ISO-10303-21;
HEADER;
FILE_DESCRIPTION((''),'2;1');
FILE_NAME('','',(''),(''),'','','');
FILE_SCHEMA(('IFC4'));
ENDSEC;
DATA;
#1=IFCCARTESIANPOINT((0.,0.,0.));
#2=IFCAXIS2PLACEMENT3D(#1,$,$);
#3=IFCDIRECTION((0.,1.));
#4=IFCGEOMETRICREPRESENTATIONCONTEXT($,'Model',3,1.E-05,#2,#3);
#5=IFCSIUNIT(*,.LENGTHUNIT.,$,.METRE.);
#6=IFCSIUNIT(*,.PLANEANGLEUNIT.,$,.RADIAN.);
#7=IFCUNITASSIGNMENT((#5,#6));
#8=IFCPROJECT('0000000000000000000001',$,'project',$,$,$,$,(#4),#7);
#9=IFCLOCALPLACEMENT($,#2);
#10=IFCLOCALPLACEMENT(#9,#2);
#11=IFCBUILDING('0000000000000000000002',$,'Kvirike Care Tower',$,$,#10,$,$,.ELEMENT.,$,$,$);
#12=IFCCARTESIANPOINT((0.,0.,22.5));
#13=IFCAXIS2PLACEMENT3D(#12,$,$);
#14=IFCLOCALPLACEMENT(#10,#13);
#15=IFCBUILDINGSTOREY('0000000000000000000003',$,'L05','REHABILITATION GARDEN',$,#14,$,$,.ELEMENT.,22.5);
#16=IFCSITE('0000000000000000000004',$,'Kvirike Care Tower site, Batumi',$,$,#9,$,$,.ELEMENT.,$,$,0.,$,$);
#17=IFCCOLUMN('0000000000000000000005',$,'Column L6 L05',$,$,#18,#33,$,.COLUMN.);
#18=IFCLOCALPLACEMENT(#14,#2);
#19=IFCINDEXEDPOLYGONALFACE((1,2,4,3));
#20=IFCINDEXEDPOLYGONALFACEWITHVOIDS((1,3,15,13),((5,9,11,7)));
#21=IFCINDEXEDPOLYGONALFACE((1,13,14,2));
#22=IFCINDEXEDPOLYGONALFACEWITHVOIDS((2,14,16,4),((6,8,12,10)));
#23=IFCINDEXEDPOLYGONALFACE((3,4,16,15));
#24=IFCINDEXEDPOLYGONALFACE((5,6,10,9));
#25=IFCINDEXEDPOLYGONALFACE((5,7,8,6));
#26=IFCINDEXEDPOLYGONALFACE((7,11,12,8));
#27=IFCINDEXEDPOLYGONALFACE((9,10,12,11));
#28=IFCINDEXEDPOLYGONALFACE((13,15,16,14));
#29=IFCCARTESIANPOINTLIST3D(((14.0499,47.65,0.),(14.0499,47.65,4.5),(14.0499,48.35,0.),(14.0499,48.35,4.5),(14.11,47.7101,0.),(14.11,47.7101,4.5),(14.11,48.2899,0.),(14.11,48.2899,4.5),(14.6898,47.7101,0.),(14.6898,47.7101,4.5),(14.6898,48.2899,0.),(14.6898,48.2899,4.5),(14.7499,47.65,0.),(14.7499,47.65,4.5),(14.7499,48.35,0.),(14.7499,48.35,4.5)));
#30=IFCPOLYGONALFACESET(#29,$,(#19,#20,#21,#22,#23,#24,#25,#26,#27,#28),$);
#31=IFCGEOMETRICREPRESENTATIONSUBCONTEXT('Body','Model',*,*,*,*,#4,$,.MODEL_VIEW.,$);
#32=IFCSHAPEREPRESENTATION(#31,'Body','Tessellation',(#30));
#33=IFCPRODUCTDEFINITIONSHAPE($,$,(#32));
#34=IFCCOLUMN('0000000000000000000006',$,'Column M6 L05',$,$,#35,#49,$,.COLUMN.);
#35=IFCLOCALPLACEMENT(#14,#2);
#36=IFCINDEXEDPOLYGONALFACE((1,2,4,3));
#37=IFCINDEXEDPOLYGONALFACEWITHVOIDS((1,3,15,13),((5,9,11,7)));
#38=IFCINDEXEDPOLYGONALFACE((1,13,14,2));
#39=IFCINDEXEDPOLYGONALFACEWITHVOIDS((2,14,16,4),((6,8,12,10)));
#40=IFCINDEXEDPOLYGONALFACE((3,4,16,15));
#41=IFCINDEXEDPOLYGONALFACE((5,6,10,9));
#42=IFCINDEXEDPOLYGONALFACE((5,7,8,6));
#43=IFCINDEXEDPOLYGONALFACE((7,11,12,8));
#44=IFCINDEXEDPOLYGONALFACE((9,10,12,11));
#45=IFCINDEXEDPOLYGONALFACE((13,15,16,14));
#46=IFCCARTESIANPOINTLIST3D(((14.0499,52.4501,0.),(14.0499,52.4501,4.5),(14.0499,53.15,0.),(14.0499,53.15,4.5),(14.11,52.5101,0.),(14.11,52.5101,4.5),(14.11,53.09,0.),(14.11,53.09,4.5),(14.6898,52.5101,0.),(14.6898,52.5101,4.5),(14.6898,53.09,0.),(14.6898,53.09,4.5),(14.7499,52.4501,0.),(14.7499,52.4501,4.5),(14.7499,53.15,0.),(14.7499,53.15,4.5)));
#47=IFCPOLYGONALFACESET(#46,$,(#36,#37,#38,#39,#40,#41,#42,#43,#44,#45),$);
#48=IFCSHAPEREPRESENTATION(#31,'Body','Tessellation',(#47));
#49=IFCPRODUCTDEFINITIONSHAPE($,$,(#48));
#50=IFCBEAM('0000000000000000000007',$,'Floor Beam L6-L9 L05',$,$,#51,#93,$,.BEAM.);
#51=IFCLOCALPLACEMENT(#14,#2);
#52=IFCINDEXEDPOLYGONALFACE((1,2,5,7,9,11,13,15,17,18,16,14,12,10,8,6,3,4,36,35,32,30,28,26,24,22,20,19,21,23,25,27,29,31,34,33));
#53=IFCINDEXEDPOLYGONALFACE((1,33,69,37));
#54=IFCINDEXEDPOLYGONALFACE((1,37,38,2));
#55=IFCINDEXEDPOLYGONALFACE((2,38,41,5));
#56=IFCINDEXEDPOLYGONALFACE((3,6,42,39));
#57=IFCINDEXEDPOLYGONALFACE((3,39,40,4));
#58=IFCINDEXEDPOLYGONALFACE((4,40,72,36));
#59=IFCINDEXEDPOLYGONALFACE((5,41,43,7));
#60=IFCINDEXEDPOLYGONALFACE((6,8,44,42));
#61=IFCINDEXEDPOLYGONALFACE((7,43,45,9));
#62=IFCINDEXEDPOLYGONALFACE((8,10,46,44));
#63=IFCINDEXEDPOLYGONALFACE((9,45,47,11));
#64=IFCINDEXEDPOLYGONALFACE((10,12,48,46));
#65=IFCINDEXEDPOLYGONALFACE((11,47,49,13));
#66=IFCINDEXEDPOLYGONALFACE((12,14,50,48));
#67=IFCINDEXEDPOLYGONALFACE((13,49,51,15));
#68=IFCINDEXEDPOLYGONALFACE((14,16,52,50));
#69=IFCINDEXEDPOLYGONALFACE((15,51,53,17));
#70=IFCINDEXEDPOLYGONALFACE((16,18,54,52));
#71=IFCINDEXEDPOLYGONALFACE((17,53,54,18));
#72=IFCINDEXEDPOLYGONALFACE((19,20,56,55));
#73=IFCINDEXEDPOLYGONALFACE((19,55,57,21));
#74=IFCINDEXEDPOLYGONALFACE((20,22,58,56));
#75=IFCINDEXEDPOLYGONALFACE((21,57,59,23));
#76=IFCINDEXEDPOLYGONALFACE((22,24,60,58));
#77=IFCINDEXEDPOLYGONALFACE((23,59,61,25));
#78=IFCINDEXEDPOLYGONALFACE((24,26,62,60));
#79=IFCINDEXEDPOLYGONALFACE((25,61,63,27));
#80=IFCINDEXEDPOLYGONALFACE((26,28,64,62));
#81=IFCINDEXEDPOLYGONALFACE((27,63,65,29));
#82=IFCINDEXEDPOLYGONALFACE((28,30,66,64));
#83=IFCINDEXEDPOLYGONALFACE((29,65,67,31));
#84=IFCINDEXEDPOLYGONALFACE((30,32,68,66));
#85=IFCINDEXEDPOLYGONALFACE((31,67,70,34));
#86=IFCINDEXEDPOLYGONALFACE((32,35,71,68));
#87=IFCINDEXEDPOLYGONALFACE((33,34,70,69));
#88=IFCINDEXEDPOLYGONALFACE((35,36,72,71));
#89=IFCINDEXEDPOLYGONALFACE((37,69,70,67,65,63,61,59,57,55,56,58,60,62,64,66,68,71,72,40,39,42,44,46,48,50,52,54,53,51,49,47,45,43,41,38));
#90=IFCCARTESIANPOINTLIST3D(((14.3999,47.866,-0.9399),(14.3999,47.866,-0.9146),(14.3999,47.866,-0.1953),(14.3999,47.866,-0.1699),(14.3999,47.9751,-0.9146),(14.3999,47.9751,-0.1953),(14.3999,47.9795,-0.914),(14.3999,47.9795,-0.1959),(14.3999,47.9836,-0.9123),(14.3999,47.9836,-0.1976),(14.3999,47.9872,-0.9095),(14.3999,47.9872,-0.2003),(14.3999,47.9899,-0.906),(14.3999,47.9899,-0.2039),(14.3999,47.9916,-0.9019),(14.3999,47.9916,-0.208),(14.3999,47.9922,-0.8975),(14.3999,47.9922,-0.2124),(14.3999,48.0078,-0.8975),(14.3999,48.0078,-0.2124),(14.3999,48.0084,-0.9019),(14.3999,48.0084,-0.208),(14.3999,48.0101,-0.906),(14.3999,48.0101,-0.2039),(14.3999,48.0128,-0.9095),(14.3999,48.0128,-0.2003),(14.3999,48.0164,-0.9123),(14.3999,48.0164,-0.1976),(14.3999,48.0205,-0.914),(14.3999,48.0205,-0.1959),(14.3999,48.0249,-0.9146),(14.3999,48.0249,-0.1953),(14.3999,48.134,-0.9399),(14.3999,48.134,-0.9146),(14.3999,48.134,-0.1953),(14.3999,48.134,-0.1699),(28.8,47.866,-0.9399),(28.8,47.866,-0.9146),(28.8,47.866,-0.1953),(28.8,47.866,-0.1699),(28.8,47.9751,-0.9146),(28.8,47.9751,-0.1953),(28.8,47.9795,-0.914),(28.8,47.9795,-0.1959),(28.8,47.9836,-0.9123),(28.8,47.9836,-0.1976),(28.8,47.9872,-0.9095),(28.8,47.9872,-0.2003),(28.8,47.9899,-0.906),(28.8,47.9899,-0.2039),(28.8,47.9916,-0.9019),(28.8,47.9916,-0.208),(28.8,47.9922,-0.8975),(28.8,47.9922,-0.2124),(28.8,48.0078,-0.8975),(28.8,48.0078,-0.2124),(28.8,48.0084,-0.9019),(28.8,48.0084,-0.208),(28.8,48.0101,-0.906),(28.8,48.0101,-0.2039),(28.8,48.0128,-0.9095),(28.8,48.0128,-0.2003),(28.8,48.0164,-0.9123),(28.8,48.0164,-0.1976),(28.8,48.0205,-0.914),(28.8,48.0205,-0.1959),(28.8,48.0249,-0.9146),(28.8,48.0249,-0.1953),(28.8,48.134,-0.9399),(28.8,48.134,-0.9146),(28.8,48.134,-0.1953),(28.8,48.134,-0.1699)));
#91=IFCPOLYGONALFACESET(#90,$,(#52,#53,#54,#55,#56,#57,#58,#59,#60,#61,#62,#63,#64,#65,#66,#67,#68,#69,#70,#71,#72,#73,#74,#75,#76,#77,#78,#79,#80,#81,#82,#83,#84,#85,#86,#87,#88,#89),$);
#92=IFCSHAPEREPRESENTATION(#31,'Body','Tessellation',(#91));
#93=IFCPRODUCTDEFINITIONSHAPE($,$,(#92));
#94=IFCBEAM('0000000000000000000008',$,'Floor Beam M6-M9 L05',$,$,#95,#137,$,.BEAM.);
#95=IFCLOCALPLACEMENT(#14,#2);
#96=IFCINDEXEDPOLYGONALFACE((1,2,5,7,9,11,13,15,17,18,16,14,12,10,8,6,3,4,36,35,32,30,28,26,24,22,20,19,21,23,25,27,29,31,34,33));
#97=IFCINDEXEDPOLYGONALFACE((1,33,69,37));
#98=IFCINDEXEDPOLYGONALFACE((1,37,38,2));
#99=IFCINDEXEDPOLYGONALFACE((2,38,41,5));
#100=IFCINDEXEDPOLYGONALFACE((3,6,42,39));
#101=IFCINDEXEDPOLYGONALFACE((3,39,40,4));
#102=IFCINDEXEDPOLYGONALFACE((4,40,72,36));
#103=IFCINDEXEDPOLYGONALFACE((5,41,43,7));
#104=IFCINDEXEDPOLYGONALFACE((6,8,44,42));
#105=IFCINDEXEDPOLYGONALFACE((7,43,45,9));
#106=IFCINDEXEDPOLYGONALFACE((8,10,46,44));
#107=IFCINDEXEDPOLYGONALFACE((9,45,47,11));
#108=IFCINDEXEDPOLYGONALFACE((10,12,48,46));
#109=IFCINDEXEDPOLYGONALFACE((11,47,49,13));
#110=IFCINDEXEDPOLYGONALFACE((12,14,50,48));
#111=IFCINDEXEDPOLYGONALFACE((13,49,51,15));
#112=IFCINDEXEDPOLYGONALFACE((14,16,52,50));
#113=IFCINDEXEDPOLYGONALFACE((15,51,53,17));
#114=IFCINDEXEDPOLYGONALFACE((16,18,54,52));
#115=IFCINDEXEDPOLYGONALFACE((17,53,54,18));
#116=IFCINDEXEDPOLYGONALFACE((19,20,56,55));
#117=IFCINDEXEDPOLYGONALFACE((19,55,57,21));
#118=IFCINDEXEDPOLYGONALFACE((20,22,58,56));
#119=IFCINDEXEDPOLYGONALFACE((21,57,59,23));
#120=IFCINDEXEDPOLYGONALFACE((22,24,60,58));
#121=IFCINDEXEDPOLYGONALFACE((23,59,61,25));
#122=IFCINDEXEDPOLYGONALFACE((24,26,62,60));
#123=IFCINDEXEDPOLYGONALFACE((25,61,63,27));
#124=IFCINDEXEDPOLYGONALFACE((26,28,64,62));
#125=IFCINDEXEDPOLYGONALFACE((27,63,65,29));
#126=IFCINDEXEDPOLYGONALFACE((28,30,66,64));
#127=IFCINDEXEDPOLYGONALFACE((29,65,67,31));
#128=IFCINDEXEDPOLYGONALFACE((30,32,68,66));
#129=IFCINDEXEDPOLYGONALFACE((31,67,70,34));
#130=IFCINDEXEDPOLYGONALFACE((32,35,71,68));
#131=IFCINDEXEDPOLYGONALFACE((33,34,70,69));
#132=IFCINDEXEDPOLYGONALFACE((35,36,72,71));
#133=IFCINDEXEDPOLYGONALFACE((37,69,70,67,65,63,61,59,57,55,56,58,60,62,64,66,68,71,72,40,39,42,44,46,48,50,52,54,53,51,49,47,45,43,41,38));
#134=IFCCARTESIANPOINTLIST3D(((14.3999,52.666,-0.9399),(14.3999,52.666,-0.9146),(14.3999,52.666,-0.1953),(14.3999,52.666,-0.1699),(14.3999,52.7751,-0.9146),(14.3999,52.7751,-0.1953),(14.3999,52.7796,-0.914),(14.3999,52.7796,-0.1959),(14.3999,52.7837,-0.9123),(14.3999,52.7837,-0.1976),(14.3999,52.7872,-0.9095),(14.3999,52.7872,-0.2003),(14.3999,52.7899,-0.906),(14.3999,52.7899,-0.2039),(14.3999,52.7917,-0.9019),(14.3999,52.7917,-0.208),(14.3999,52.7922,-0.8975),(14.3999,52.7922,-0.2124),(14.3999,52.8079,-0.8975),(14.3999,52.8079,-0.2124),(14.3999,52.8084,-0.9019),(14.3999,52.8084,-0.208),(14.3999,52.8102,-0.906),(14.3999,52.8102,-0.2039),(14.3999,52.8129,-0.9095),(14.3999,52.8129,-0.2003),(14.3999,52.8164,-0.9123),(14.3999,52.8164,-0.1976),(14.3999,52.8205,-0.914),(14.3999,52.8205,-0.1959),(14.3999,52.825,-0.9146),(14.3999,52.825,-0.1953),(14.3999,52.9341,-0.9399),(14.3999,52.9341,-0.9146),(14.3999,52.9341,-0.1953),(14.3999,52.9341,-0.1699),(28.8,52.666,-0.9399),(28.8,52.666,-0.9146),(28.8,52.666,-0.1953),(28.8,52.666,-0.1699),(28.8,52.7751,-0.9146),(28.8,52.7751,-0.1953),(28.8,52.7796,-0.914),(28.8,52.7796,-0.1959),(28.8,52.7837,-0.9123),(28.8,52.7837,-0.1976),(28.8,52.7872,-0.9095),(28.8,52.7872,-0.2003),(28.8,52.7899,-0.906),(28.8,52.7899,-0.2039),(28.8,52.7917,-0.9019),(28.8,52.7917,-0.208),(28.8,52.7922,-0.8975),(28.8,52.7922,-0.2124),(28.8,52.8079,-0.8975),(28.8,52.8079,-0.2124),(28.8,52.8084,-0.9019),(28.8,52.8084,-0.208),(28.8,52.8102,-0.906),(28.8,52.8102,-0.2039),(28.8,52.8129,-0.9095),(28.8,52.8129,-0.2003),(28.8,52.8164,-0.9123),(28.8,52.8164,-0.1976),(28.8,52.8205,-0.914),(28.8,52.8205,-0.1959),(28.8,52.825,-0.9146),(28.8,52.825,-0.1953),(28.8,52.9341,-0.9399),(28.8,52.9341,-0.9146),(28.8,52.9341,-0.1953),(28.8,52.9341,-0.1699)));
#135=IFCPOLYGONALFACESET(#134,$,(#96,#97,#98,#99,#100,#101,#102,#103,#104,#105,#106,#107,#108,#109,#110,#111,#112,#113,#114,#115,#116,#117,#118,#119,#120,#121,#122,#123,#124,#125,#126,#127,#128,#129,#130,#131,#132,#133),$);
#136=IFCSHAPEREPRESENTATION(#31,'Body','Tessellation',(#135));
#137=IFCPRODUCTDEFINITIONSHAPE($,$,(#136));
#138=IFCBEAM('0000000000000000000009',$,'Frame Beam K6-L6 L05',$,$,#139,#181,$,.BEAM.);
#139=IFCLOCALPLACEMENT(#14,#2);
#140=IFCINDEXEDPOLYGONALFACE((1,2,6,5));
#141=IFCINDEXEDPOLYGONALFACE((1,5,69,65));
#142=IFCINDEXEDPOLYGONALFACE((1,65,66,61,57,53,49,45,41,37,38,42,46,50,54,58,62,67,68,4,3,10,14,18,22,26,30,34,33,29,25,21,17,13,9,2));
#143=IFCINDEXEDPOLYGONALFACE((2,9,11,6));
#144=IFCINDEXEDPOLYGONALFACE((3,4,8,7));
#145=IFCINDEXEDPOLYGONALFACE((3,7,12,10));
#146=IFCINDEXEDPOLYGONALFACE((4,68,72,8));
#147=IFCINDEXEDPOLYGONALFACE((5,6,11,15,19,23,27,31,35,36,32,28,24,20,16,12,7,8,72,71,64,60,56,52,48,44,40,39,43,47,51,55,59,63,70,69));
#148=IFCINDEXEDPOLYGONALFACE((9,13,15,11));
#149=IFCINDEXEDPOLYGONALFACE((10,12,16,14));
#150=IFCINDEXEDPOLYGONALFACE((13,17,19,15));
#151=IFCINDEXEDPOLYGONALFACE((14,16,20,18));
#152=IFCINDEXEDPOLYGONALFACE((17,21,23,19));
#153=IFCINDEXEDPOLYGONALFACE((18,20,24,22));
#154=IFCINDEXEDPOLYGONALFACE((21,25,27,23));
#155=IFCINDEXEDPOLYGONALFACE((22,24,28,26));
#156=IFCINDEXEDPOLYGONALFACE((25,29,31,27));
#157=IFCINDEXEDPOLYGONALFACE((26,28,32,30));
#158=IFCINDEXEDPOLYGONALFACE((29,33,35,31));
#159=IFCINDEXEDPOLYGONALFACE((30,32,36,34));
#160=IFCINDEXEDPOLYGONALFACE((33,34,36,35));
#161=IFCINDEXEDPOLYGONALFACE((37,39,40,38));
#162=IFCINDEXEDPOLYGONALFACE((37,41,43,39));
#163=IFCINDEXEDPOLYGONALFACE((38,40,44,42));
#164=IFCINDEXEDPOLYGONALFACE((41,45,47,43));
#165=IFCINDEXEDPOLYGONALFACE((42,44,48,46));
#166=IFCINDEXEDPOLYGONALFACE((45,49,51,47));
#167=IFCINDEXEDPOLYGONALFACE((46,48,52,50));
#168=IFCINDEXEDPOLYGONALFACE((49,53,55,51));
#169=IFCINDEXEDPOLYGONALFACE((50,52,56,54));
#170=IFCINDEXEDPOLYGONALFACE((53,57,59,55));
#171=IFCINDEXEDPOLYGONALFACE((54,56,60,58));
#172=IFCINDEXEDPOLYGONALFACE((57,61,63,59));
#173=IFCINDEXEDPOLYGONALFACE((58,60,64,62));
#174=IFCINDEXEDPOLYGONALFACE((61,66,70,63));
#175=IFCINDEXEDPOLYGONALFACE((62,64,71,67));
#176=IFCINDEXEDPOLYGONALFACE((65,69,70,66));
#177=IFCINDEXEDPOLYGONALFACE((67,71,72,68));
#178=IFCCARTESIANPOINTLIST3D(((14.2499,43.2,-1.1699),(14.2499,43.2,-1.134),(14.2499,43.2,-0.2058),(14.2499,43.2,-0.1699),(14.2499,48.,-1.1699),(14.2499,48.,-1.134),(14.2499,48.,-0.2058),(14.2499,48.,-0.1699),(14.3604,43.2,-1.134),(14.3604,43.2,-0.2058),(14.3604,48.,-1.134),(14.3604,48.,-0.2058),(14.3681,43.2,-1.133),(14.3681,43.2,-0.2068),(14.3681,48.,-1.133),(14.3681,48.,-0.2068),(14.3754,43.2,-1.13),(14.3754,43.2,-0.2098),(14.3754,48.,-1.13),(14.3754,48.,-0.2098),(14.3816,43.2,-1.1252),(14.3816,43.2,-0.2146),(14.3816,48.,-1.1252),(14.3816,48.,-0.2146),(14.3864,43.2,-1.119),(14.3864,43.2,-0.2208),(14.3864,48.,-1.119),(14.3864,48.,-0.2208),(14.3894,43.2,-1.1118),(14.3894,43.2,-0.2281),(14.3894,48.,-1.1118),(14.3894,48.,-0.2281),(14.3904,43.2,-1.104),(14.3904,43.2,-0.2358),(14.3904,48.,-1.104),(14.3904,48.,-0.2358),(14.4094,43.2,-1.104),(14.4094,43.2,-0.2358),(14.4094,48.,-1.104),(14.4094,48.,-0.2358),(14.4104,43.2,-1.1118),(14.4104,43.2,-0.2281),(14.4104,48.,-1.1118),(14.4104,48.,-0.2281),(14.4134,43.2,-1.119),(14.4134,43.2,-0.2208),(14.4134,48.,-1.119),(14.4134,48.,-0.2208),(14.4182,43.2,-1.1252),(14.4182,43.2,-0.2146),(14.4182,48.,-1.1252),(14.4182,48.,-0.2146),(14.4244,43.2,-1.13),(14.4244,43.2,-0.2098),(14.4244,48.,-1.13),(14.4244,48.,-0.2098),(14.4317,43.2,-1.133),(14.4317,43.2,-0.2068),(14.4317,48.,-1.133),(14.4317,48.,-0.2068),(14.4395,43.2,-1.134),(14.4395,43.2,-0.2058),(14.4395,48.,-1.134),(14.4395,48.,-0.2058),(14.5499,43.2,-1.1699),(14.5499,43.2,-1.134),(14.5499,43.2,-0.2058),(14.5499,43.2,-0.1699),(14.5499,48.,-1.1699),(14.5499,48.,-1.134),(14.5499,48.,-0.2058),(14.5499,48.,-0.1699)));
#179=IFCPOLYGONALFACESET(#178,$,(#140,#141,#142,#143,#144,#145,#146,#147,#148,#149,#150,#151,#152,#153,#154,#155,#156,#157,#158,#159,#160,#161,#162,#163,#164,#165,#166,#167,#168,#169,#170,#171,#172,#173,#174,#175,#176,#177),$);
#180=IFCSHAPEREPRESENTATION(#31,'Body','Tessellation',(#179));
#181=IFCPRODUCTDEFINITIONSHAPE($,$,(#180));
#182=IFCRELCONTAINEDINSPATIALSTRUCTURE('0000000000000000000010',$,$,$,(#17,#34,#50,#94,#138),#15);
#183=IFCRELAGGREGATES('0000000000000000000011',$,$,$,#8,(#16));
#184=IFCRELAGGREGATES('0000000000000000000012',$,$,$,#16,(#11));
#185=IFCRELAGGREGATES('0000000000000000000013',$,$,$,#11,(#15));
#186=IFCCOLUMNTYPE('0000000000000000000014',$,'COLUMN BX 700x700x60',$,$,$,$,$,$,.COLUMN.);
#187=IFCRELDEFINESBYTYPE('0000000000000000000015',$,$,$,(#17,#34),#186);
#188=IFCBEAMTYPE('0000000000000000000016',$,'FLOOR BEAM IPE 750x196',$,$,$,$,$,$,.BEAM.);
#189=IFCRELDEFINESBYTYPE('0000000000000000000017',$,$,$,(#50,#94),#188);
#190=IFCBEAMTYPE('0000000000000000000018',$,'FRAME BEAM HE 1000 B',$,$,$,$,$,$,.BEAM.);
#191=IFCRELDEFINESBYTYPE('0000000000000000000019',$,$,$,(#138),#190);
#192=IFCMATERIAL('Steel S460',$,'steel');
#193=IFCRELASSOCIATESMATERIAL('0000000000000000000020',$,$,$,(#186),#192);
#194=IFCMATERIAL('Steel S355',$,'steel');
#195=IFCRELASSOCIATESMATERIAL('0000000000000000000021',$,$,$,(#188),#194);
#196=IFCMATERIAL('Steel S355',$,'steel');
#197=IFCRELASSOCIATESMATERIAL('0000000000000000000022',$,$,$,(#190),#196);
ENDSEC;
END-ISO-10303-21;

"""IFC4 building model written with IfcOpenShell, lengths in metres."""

from ifc_helpers import new_model, si_unit, direction, frame, origin, origin_2d, place, context, subcontext, project, spatial, hollow_rectangle, i_section, extrude, material, material_profile, profile_set, type_object, element, save


model = new_model("IFC4")

# Units and contexts
model_context = context("Model", 3, precision=1e-05, world=origin(), true_north=direction((0.0, 1.0)))
body_context = subcontext(model_context, "Body", "Model", "MODEL_VIEW")
ifc_project = project(units=[si_unit("LENGTHUNIT", "METRE"), si_unit("PLANEANGLEUNIT", "RADIAN")], contexts=[model_context])

# Site, building, storey
site_placement = place(None, origin())
site = spatial("IfcSite", under=ifc_project, at=site_placement, Name="Kvirike Care Tower site, Batumi", CompositionType="ELEMENT", RefElevation=0.0)
building_placement = place(site_placement, origin())
building = spatial("IfcBuilding", under=site, at=building_placement, Name="Kvirike Care Tower", CompositionType="ELEMENT")
storey_placement = place(building_placement, frame((0.0, 0.0, 22.5)))
storey = spatial("IfcBuildingStorey", under=building, at=storey_placement, Name="L05", Description="REHABILITATION GARDEN", CompositionType="ELEMENT", Elevation=22.5)

# Columns
ifc_material_1 = material(Name="Steel S460", Category="steel")
ifc_material_profile_1 = material_profile(ifc_material_1, hollow_rectangle(XDim=0.7, YDim=0.7, WallThickness=0.0601, at=origin_2d()), Name="BX 700x700x60")
ifc_profile_set_1 = profile_set([ifc_material_profile_1], Name="Steel S460")
column_type = type_object("IfcColumnType", Name="COLUMN BX 700x700x60", PredefinedType="COLUMN", material=ifc_profile_set_1)
for number, where, z_axis, x_axis, name in (
    (1, (14.3999, 48.0, 0.0), (0.0, 0.0, 1.0), (1.0, 0.0, 0.0), "Column L6 L05"),
    (2, (14.3999, 52.8, 0.0), (0.0, 0.0, 1.0), (1.0, 0.0, 0.0), "Column M6 L05"),
):
    element("IfcColumn", number, at=place(storey_placement, frame(where, z_axis=z_axis, x_axis=x_axis)), inside=storey, type_object=column_type, Name=name, PredefinedType="COLUMN", context=body_context, shape_type="SweptSolid", body=[
        extrude(hollow_rectangle(XDim=0.7, YDim=0.7, WallThickness=0.0601, at=origin_2d()), origin(), (0.0, 0.0, 1.0), 4.5),
    ])

# Beams
ifc_material_2 = material(Name="Steel S355", Category="steel")
ifc_material_profile_2 = material_profile(ifc_material_2, i_section(OverallWidth=0.2681, OverallDepth=0.77, WebThickness=0.0156, FlangeThickness=0.0254, FilletRadius=0.0171, at=origin_2d()), Name="IPE 750x196")
ifc_profile_set_2 = profile_set([ifc_material_profile_2], Name="Steel S355")
beam_type_1 = type_object("IfcBeamType", Name="FLOOR BEAM IPE 750x196", PredefinedType="BEAM", material=ifc_profile_set_2)
for number, where, z_axis, x_axis, name in (
    (3, (14.3999, 48.0, -0.5549), (1.0, 0.0, 0.0), (0.0, 1.0, 0.0), "Floor Beam L6-L9 L05"),
    (4, (14.3999, 52.8, -0.5549), (1.0, 0.0, 0.0), (0.0, 1.0, 0.0), "Floor Beam M6-M9 L05"),
):
    element("IfcBeam", number, at=place(storey_placement, frame(where, z_axis=z_axis, x_axis=x_axis)), inside=storey, type_object=beam_type_1, Name=name, PredefinedType="BEAM", context=body_context, shape_type="SweptSolid", body=[
        extrude(i_section(OverallWidth=0.2681, OverallDepth=0.77, WebThickness=0.0156, FlangeThickness=0.0254, FilletRadius=0.0171, at=origin_2d()), origin(), (0.0, 0.0, 1.0), 14.4001),
    ])
ifc_material_3 = material(Name="Steel S355", Category="steel")
ifc_material_profile_3 = material_profile(ifc_material_3, i_section(OverallWidth=0.3, OverallDepth=1.0, WebThickness=0.019, FlangeThickness=0.0359, FilletRadius=0.03, at=origin_2d()), Name="HE 1000 B")
ifc_profile_set_3 = profile_set([ifc_material_profile_3], Name="Steel S355")
beam_type_2 = type_object("IfcBeamType", Name="FRAME BEAM HE 1000 B", PredefinedType="BEAM", material=ifc_profile_set_3)
for number, where, z_axis, x_axis, name in (
    (5, (14.3999, 43.2, -0.6699), (0.0, 1.0, 0.0), (-1.0, 0.0, 0.0), "Frame Beam K6-L6 L05"),
):
    element("IfcBeam", number, at=place(storey_placement, frame(where, z_axis=z_axis, x_axis=x_axis)), inside=storey, type_object=beam_type_2, Name=name, PredefinedType="BEAM", context=body_context, shape_type="SweptSolid", body=[
        extrude(i_section(OverallWidth=0.3, OverallDepth=1.0, WebThickness=0.019, FlangeThickness=0.0359, FilletRadius=0.03, at=origin_2d()), origin(), (0.0, 0.0, 1.0), 4.8),
    ])

save(model, "model.ifc")
